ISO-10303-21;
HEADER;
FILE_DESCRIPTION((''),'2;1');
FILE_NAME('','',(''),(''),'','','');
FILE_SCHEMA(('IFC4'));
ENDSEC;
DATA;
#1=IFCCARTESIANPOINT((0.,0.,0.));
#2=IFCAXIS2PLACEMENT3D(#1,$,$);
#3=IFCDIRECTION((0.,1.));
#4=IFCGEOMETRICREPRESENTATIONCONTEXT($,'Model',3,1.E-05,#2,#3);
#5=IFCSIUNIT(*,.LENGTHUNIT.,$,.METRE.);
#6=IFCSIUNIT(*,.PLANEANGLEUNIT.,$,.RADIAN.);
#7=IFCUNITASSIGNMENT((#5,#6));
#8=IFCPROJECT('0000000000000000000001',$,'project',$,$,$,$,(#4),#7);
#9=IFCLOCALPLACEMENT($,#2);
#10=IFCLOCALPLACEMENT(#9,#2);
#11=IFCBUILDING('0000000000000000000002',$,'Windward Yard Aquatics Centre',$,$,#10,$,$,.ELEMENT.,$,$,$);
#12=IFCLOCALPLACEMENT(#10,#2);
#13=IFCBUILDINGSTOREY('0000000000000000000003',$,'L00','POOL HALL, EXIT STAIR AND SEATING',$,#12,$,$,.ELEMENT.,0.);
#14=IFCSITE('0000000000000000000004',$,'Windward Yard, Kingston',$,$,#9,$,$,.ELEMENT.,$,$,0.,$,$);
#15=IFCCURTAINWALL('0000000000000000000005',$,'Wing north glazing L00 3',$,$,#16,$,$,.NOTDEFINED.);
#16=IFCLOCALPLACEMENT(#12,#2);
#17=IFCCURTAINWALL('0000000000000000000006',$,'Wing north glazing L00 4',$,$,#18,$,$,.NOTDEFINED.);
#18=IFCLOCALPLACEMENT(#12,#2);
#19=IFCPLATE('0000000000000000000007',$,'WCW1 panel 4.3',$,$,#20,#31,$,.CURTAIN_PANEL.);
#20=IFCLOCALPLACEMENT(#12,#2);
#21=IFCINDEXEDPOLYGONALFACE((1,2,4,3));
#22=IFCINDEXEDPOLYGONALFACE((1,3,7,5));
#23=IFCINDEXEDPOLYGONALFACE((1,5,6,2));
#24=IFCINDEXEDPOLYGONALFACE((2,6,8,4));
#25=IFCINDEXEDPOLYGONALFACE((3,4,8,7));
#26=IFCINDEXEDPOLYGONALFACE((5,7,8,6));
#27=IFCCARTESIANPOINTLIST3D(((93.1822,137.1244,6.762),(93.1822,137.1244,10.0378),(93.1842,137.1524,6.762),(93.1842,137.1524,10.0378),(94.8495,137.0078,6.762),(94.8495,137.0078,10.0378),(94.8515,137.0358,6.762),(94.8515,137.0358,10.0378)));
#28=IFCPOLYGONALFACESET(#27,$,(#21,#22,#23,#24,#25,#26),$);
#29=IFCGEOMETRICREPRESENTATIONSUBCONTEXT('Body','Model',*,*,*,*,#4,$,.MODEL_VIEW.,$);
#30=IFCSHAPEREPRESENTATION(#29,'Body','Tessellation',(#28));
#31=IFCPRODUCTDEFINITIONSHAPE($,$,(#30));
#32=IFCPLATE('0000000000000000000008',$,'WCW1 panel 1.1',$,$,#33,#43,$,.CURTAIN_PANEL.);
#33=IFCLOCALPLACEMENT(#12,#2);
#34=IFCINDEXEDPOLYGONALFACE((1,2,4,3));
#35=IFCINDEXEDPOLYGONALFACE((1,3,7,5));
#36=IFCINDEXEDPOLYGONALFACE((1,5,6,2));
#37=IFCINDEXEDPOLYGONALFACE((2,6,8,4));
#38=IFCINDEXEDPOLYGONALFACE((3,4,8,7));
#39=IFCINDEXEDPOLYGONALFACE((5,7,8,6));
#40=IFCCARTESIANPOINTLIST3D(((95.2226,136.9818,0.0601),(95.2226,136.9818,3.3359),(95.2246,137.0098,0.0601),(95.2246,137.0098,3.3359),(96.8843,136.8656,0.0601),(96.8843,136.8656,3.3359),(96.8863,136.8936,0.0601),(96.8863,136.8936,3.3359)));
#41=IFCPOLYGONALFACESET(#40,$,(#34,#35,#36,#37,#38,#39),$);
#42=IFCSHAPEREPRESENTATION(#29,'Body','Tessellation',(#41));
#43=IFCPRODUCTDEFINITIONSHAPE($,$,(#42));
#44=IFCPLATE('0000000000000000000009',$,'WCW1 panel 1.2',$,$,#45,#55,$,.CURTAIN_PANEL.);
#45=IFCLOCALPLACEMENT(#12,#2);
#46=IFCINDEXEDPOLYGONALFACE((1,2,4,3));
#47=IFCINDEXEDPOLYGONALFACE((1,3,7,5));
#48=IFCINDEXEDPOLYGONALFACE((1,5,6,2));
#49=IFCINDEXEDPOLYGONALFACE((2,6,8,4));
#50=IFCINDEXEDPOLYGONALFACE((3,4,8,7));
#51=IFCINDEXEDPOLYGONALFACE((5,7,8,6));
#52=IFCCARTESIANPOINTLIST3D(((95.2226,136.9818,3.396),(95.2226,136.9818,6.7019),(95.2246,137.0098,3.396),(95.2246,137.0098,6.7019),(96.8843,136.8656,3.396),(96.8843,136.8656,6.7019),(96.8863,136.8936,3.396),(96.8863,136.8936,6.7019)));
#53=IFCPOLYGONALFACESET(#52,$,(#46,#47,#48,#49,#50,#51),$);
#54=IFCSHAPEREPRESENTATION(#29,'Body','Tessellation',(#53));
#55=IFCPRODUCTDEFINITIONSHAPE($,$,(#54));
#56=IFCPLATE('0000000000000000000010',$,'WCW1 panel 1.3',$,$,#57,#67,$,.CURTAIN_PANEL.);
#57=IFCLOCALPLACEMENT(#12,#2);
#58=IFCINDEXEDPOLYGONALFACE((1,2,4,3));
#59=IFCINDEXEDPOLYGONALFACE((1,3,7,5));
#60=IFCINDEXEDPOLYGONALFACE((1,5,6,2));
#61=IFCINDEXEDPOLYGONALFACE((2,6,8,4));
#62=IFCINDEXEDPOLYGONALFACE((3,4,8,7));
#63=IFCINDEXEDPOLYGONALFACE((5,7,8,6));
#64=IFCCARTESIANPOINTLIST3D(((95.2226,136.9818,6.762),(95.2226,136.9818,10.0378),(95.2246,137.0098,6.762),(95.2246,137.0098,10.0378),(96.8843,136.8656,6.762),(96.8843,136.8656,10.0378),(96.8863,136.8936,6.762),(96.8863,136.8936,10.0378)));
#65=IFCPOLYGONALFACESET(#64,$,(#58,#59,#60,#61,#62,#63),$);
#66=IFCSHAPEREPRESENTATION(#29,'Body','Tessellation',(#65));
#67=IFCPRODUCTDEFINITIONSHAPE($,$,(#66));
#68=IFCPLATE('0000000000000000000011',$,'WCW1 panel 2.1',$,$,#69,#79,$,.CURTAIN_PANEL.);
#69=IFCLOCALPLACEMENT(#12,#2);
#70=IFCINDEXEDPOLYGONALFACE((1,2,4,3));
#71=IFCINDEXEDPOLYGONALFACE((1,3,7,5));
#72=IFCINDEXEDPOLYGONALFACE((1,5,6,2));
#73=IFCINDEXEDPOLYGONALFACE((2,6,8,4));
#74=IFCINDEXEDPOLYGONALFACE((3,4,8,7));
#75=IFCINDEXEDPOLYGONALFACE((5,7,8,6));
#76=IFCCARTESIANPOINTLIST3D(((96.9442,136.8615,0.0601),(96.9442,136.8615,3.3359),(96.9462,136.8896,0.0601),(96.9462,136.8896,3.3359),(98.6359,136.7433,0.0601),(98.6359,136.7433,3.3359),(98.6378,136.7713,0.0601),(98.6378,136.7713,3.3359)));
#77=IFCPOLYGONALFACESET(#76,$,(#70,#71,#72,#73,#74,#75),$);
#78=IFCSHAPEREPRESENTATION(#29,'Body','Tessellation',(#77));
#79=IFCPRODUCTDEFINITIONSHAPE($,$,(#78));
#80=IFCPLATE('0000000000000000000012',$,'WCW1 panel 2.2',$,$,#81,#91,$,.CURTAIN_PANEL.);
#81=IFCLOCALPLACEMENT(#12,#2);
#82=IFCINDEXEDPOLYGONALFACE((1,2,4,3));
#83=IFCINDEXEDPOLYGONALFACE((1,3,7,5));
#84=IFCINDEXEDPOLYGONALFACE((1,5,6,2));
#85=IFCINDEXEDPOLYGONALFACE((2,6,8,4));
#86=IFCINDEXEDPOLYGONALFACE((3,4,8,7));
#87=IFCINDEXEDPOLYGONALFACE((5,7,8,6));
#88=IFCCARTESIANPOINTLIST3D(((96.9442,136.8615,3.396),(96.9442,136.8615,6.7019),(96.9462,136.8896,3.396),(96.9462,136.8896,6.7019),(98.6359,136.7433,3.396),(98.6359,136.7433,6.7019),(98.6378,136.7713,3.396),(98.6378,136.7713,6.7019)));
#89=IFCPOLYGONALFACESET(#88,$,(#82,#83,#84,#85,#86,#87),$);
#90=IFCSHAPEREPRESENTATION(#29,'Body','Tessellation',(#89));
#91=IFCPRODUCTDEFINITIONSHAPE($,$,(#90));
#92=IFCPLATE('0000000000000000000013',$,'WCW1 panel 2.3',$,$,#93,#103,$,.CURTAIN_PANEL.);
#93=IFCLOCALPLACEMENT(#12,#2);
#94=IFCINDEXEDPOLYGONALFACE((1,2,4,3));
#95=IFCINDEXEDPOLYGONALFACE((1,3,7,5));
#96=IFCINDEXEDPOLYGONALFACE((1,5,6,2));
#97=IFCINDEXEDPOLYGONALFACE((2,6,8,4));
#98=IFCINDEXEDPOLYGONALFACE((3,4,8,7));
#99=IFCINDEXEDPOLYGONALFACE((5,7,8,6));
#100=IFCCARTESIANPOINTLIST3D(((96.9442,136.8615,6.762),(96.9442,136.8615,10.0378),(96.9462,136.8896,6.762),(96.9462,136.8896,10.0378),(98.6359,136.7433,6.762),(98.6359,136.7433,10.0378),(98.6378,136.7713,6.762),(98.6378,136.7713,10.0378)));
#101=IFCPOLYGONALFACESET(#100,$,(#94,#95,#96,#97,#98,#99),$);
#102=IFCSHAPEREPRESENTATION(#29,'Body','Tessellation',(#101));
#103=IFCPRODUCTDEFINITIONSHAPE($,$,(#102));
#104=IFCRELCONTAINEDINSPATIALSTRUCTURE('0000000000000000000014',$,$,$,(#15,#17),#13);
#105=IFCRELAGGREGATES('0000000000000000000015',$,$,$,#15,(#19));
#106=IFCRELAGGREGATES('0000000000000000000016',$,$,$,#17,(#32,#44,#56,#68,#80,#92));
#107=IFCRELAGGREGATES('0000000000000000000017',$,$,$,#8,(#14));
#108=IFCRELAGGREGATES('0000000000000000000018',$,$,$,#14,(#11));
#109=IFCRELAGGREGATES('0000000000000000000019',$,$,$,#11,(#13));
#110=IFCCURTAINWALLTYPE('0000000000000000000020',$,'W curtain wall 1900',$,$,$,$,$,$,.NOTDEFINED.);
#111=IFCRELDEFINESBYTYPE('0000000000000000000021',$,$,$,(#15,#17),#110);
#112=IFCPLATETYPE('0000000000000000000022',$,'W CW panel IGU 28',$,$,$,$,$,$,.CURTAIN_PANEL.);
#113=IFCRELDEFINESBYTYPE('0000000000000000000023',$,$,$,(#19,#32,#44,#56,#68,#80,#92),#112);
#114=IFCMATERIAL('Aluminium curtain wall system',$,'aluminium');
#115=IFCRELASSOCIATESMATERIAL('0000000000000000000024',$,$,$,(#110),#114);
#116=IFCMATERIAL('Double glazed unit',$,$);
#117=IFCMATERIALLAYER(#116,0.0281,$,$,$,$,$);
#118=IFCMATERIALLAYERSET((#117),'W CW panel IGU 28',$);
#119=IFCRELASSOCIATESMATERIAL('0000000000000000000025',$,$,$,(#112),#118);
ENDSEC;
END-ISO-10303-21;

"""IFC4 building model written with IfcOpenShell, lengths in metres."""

from ifc_helpers import new_model, si_unit, direction, frame, origin, origin_2d, place, context, subcontext, project, spatial, rectangle, extrude, material, layer, layer_set, type_object, element, aggregate, save


model = new_model("IFC4")

# Units and contexts
model_context = context("Model", 3, precision=1e-05, world=origin(), true_north=direction((0.0, 1.0)))
body_context = subcontext(model_context, "Body", "Model", "MODEL_VIEW")
ifc_project = project(units=[si_unit("LENGTHUNIT", "METRE"), si_unit("PLANEANGLEUNIT", "RADIAN")], contexts=[model_context])

# Site, building, storey
site_placement = place(None, origin())
site = spatial("IfcSite", under=ifc_project, at=site_placement, Name="Windward Yard, Kingston", CompositionType="ELEMENT", RefElevation=0.0)
building_placement = place(site_placement, origin())
building = spatial("IfcBuilding", under=site, at=building_placement, Name="Windward Yard Aquatics Centre", CompositionType="ELEMENT")
storey_placement = place(building_placement, origin())
storey = spatial("IfcBuildingStorey", under=building, at=storey_placement, Name="L00", Description="POOL HALL, EXIT STAIR AND SEATING", CompositionType="ELEMENT", Elevation=0.0)

# Curtain walls
ifc_material_1 = material(Name="Aluminium curtain wall system", Category="aluminium")
curtain_wall_type = type_object("IfcCurtainWallType", Name="W curtain wall 1900", PredefinedType="NOTDEFINED", material=ifc_material_1)
curtain_wall_1_placement = place(storey_placement, origin())
curtain_wall_1 = element("IfcCurtainWall", 1, at=curtain_wall_1_placement, inside=storey, type_object=curtain_wall_type, Name="Wing north glazing L00 3", PredefinedType="NOTDEFINED")
curtain_wall_2_placement = place(storey_placement, origin())
curtain_wall_2 = element("IfcCurtainWall", 2, at=curtain_wall_2_placement, inside=storey, type_object=curtain_wall_type, Name="Wing north glazing L00 4", PredefinedType="NOTDEFINED")

# Plates
ifc_material_2 = material(Name="Double glazed unit")
ifc_layer = layer(ifc_material_2, 0.0281)
ifc_layer_set = layer_set([ifc_layer], Name="W CW panel IGU 28")
plate_type = type_object("IfcPlateType", Name="W CW panel IGU 28", PredefinedType="CURTAIN_PANEL", material=ifc_layer_set)
plate_1_placement = place(storey_placement, frame((94.0168, 137.0801, 6.762), z_axis=(0.0, 0.0, 1.0), x_axis=(0.997564, -0.069756, 0.0)))
plate_1 = element("IfcPlate", 3, at=plate_1_placement, type_object=plate_type, Name="WCW1 panel 4.3", PredefinedType="CURTAIN_PANEL", context=body_context, shape_type="SweptSolid", body=[
    extrude(rectangle(XDim=1.6714, YDim=0.0281, at=origin_2d()), origin(), (0.0, 0.0, 1.0), 3.2759),
])
aggregate(curtain_wall_1, [plate_1])
plate_2_placement = place(storey_placement, frame((96.0544, 136.9377, 0.0601), z_axis=(0.0, 0.0, 1.0), x_axis=(0.997564, -0.069756, 0.0)))
plate_2 = element("IfcPlate", 4, at=plate_2_placement, type_object=plate_type, Name="WCW1 panel 1.1", PredefinedType="CURTAIN_PANEL", context=body_context, shape_type="SweptSolid", body=[
    extrude(rectangle(XDim=1.6658, YDim=0.0281, at=origin_2d()), origin(), (0.0, 0.0, 1.0), 3.2759),
])
plate_3_placement = place(storey_placement, frame((96.0544, 136.9377, 3.396), z_axis=(0.0, 0.0, 1.0), x_axis=(0.997564, -0.069756, 0.0)))
plate_3 = element("IfcPlate", 5, at=plate_3_placement, type_object=plate_type, Name="WCW1 panel 1.2", PredefinedType="CURTAIN_PANEL", context=body_context, shape_type="SweptSolid", body=[
    extrude(rectangle(XDim=1.6658, YDim=0.0281, at=origin_2d()), origin(), (0.0, 0.0, 1.0), 3.3059),
])
plate_4_placement = place(storey_placement, frame((96.0544, 136.9377, 6.762), z_axis=(0.0, 0.0, 1.0), x_axis=(0.997564, -0.069756, 0.0)))
plate_4 = element("IfcPlate", 6, at=plate_4_placement, type_object=plate_type, Name="WCW1 panel 1.3", PredefinedType="CURTAIN_PANEL", context=body_context, shape_type="SweptSolid", body=[
    extrude(rectangle(XDim=1.6658, YDim=0.0281, at=origin_2d()), origin(), (0.0, 0.0, 1.0), 3.2759),
])
plate_5_placement = place(storey_placement, frame((97.791, 136.8164, 0.0601), z_axis=(0.0, 0.0, 1.0), x_axis=(0.997564, -0.069756, 0.0)))
plate_5 = element("IfcPlate", 7, at=plate_5_placement, type_object=plate_type, Name="WCW1 panel 2.1", PredefinedType="CURTAIN_PANEL", context=body_context, shape_type="SweptSolid", body=[
    extrude(rectangle(XDim=1.6958, YDim=0.0281, at=origin_2d()), origin(), (0.0, 0.0, 1.0), 3.2759),
])
plate_6_placement = place(storey_placement, frame((97.791, 136.8164, 3.396), z_axis=(0.0, 0.0, 1.0), x_axis=(0.997564, -0.069756, 0.0)))
plate_6 = element("IfcPlate", 8, at=plate_6_placement, type_object=plate_type, Name="WCW1 panel 2.2", PredefinedType="CURTAIN_PANEL", context=body_context, shape_type="SweptSolid", body=[
    extrude(rectangle(XDim=1.6958, YDim=0.0281, at=origin_2d()), origin(), (0.0, 0.0, 1.0), 3.3059),
])
plate_7_placement = place(storey_placement, frame((97.791, 136.8164, 6.762), z_axis=(0.0, 0.0, 1.0), x_axis=(0.997564, -0.069756, 0.0)))
plate_7 = element("IfcPlate", 9, at=plate_7_placement, type_object=plate_type, Name="WCW1 panel 2.3", PredefinedType="CURTAIN_PANEL", context=body_context, shape_type="SweptSolid", body=[
    extrude(rectangle(XDim=1.6958, YDim=0.0281, at=origin_2d()), origin(), (0.0, 0.0, 1.0), 3.2759),
])
aggregate(curtain_wall_2, [plate_2, plate_3, plate_4, plate_5, plate_6, plate_7])

save(model, "model.ifc")
